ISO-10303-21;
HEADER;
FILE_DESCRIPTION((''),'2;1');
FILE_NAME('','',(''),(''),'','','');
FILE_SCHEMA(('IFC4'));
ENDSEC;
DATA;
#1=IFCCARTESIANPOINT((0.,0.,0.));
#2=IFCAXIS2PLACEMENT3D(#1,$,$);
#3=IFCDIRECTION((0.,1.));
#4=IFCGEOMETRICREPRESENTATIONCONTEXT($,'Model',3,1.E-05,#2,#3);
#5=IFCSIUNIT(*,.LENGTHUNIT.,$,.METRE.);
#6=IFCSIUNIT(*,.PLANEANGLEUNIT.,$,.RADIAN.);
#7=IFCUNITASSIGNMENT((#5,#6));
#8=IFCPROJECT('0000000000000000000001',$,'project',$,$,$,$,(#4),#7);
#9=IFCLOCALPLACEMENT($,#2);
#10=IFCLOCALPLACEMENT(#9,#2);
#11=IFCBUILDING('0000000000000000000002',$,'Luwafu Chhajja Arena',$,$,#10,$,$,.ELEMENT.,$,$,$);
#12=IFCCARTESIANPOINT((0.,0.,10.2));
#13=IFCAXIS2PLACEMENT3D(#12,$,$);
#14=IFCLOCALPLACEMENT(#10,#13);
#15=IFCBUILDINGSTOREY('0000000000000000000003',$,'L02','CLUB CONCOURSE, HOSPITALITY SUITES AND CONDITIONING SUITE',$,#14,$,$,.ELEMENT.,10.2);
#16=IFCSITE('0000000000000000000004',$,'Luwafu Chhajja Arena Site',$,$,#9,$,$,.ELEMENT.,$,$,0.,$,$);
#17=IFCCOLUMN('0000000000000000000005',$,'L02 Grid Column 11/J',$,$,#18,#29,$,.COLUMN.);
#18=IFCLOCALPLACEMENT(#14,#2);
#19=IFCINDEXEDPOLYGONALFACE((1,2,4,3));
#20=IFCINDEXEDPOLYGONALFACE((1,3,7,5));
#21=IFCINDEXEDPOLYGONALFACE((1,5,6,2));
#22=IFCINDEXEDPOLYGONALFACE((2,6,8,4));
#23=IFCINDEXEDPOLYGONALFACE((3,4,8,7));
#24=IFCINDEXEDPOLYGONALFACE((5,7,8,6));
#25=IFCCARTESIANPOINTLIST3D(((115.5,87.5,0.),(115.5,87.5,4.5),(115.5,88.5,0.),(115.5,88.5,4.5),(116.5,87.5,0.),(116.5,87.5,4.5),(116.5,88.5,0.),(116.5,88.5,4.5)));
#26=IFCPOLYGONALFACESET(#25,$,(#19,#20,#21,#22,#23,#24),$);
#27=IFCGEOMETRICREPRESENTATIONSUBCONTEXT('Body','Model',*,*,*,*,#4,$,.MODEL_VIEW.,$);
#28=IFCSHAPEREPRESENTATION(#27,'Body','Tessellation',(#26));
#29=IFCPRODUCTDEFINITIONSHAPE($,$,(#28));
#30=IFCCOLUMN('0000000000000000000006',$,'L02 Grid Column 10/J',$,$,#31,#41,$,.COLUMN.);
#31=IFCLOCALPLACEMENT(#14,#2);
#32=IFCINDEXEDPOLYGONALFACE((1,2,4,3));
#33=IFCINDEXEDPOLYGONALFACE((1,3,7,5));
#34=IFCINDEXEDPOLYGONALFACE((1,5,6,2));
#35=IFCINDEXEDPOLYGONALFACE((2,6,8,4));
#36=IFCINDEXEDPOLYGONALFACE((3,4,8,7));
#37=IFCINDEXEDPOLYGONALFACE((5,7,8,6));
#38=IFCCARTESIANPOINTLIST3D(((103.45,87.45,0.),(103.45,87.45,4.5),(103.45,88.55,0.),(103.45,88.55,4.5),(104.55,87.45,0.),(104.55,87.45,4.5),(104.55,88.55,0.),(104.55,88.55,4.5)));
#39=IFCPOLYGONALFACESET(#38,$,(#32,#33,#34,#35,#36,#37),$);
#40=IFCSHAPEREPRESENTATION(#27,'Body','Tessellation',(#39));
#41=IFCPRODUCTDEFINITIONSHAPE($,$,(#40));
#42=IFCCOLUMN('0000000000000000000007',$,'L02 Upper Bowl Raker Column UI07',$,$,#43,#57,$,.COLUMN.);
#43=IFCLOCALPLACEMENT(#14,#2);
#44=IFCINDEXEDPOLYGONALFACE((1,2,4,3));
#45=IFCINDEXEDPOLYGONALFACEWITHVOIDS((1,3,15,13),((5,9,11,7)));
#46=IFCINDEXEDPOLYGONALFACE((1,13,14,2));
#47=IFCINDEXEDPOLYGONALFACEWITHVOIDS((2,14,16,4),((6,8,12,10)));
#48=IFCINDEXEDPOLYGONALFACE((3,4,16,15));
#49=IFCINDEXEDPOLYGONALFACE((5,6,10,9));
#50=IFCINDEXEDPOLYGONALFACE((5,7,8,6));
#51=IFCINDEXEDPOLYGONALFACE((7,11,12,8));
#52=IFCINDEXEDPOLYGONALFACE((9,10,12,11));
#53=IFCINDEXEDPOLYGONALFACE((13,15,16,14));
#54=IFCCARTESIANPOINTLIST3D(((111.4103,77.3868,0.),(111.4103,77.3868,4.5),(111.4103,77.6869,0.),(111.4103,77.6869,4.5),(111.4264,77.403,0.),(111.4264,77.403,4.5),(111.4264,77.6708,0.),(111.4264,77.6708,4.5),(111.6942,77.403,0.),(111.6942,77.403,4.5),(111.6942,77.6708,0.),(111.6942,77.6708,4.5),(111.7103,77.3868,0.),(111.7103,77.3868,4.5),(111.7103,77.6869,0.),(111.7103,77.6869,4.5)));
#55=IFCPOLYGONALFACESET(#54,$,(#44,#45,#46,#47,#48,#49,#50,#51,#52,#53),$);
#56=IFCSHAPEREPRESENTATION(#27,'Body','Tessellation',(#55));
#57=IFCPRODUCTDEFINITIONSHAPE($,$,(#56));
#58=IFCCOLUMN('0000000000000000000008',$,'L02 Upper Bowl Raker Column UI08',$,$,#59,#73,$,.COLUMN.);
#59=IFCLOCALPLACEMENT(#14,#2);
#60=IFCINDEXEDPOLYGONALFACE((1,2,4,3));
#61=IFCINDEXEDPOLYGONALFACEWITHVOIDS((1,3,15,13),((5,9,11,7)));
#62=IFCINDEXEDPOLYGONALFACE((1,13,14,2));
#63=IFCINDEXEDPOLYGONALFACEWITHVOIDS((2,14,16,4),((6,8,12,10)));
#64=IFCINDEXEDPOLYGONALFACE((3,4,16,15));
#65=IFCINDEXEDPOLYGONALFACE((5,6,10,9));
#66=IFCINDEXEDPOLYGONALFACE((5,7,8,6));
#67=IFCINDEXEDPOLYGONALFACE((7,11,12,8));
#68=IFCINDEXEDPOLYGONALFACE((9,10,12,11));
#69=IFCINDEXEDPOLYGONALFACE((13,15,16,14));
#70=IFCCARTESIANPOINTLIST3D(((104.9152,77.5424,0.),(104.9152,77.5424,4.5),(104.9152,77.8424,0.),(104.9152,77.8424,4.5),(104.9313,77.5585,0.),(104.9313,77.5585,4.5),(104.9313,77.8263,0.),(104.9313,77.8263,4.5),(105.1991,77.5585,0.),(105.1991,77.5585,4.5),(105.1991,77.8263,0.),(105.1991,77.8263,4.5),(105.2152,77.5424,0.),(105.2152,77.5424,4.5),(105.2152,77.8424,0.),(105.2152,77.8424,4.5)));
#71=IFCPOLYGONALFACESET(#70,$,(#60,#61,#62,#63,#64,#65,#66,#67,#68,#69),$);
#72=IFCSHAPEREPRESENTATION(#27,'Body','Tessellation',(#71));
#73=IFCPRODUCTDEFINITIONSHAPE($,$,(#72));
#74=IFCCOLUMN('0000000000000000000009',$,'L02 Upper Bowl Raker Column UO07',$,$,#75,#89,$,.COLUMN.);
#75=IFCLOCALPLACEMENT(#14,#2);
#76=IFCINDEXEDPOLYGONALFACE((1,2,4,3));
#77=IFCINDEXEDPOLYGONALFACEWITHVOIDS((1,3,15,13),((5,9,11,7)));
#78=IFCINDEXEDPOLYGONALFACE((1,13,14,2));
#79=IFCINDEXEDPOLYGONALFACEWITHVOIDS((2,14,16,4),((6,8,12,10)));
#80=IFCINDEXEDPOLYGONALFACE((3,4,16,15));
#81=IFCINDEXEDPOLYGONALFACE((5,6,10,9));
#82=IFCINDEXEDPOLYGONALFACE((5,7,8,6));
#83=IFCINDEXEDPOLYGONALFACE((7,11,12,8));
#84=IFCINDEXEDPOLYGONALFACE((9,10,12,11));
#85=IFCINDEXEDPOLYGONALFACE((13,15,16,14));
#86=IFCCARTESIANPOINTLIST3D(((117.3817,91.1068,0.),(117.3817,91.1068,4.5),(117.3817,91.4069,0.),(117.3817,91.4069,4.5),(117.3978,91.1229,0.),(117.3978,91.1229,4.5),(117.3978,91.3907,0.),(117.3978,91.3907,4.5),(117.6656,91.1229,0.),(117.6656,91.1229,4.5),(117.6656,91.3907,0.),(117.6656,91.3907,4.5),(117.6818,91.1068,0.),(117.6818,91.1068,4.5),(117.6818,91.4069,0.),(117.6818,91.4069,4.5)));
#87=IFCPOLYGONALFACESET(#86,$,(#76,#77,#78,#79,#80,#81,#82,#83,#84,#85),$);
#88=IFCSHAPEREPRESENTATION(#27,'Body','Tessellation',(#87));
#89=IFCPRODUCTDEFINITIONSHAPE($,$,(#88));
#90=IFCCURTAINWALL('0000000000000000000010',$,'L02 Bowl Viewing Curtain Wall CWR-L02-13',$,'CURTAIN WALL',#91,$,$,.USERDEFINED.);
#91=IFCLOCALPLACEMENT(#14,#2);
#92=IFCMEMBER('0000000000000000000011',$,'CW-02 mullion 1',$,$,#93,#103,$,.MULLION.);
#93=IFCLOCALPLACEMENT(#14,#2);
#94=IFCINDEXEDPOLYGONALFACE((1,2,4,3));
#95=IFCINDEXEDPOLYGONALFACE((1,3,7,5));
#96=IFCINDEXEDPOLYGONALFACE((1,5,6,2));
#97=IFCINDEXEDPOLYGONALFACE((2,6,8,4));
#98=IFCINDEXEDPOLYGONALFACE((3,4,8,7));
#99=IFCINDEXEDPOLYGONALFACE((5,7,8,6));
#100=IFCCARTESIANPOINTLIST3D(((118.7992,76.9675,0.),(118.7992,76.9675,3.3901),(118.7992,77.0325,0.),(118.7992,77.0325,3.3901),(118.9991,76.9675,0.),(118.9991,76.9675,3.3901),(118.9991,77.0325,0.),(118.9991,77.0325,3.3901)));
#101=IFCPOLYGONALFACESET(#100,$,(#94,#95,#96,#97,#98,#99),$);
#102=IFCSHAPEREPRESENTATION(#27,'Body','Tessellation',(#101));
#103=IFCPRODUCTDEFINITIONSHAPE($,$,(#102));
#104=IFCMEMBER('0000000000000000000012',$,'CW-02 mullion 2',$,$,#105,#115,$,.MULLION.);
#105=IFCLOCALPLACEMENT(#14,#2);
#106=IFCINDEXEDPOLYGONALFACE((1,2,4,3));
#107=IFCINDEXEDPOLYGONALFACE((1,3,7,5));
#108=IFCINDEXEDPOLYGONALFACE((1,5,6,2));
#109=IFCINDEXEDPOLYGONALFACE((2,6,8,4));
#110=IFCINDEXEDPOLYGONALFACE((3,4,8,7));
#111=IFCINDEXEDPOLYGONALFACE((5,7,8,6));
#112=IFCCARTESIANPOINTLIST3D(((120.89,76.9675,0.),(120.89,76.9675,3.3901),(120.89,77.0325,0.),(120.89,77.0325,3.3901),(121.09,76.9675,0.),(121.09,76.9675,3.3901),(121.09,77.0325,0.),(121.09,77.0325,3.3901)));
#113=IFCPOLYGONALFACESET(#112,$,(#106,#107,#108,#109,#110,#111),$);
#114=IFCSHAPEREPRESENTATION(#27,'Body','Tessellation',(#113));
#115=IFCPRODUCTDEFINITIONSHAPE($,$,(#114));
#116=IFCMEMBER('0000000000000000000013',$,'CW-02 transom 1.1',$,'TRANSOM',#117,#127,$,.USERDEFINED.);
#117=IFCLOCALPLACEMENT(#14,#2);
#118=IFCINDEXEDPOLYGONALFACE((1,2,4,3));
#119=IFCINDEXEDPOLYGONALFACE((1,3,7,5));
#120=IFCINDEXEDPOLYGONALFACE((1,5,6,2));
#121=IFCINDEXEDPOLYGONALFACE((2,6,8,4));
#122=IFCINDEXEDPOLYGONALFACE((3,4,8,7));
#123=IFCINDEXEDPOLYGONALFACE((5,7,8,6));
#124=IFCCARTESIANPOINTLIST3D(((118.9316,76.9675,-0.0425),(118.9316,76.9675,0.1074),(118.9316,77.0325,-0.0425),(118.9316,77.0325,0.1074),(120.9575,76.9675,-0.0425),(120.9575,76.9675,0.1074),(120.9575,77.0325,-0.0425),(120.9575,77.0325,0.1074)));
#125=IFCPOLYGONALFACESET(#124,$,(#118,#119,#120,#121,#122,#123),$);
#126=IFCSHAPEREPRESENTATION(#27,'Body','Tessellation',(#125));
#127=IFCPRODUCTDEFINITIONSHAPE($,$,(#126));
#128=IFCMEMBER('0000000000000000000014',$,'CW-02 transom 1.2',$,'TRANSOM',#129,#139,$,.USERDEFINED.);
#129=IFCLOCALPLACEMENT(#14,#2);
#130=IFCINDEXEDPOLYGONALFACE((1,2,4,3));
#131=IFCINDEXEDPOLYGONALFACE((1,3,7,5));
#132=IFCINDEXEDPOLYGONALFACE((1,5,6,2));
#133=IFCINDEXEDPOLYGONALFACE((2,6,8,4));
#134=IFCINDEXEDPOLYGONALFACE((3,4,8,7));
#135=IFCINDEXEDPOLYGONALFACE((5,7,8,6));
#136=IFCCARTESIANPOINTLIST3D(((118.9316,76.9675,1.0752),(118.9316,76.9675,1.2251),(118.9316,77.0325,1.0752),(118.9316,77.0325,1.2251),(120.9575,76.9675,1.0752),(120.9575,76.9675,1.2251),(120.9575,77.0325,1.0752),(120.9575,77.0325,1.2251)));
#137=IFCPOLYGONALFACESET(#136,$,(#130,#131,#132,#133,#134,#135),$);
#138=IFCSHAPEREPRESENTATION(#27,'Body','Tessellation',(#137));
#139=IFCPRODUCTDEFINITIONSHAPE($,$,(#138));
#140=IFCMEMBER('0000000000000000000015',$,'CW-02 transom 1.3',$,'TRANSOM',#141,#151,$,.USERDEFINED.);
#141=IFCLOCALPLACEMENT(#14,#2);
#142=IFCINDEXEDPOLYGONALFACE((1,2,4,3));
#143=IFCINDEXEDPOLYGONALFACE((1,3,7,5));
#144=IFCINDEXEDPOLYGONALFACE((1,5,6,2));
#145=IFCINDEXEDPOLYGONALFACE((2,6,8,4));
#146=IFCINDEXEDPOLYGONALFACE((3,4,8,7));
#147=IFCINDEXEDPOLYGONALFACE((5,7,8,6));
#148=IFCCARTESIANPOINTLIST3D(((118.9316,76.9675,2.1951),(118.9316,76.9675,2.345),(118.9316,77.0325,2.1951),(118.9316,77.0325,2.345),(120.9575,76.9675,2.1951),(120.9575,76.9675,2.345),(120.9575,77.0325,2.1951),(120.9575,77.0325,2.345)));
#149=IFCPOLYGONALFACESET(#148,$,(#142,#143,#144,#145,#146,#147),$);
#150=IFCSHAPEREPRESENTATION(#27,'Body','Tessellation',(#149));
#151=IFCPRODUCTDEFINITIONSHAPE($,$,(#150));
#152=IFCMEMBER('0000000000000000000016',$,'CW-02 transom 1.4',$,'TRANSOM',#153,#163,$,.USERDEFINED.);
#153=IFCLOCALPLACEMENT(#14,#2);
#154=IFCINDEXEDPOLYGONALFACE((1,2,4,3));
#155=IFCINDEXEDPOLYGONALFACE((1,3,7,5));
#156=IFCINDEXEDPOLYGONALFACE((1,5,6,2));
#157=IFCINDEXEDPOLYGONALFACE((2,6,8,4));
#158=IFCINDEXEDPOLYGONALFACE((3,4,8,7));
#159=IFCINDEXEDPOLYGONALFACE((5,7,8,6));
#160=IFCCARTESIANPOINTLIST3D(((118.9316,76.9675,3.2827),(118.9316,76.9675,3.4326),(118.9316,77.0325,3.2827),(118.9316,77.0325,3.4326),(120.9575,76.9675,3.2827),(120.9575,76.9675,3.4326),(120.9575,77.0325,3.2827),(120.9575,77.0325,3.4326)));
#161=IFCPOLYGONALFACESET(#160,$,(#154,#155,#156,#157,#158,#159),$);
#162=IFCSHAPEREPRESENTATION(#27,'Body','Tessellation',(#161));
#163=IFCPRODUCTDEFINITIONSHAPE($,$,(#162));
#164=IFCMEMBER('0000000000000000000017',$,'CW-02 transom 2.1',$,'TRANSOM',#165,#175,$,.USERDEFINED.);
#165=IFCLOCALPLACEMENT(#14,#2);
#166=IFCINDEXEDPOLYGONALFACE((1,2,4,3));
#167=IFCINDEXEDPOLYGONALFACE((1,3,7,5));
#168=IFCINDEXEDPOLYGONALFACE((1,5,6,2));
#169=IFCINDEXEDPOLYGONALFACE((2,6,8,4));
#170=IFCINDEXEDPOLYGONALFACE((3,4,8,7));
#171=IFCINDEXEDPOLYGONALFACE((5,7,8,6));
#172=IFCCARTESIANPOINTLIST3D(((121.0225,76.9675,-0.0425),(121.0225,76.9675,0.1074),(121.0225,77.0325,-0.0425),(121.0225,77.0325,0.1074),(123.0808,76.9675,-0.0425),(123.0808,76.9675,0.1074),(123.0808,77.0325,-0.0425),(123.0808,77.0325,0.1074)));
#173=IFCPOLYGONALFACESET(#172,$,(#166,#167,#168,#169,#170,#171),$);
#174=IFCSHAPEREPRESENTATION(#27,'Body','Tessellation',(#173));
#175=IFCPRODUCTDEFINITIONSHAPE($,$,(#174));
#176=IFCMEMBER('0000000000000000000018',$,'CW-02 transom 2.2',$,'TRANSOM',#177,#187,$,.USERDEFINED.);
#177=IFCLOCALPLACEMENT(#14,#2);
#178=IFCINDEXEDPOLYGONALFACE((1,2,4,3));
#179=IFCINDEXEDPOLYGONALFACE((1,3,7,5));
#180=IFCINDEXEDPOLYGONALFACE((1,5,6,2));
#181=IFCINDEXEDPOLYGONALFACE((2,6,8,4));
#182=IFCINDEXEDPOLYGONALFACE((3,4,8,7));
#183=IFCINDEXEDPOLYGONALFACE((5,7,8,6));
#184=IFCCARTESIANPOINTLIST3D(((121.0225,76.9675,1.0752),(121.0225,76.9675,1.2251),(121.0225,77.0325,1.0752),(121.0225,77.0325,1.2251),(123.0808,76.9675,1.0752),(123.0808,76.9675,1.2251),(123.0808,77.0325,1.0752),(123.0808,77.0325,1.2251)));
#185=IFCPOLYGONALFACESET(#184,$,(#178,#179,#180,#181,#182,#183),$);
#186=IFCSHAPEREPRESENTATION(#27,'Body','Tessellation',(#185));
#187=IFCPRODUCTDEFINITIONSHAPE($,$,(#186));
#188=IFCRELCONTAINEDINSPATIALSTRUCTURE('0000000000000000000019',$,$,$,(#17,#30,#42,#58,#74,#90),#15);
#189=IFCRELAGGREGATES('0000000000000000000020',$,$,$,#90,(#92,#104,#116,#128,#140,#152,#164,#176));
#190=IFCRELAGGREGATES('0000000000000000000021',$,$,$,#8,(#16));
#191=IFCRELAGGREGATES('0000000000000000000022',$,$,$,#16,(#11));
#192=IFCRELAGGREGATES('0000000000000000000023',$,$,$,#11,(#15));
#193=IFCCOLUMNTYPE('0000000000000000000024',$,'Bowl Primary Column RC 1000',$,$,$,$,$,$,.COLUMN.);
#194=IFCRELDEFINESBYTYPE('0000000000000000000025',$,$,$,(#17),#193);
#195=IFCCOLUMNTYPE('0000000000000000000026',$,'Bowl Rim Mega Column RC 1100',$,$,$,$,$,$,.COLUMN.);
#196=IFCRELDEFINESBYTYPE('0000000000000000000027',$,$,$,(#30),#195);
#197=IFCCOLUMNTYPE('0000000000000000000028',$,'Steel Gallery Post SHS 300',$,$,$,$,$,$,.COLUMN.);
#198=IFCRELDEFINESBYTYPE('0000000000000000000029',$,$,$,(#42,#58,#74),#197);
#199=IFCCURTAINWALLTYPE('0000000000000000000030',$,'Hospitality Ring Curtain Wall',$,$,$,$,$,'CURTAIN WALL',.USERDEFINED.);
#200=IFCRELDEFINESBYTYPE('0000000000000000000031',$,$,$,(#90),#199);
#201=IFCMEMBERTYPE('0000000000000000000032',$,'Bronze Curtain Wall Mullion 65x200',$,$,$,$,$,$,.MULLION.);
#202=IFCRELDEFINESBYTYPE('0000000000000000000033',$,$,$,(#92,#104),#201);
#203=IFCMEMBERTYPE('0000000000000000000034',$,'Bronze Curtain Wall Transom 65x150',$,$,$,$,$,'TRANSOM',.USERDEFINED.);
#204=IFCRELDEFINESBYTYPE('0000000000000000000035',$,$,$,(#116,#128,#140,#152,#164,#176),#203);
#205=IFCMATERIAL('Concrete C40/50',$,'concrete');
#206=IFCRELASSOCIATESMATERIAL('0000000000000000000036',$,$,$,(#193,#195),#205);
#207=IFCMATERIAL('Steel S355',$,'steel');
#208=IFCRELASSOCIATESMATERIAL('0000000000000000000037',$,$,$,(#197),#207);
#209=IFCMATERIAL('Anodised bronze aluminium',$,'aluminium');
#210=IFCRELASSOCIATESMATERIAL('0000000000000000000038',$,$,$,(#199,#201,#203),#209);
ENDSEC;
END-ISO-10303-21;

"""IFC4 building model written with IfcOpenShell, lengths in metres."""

from ifc_helpers import new_model, si_unit, direction, frame, origin, origin_2d, place, context, subcontext, project, spatial, rectangle, hollow_rectangle, extrude, material, material_profile, profile_set, type_object, element, aggregate, save


model = new_model("IFC4")

# Units and contexts
model_context = context("Model", 3, precision=1e-05, world=origin(), true_north=direction((0.0, 1.0)))
body_context = subcontext(model_context, "Body", "Model", "MODEL_VIEW")
ifc_project = project(units=[si_unit("LENGTHUNIT", "METRE"), si_unit("PLANEANGLEUNIT", "RADIAN")], contexts=[model_context])

# Site, building, storey
site_placement = place(None, origin())
site = spatial("IfcSite", under=ifc_project, at=site_placement, Name="Luwafu Chhajja Arena Site", CompositionType="ELEMENT", RefElevation=0.0)
building_placement = place(site_placement, origin())
building = spatial("IfcBuilding", under=site, at=building_placement, Name="Luwafu Chhajja Arena", CompositionType="ELEMENT")
storey_placement = place(building_placement, frame((0.0, 0.0, 10.2)))
storey = spatial("IfcBuildingStorey", under=building, at=storey_placement, Name="L02", Description="CLUB CONCOURSE, HOSPITALITY SUITES AND CONDITIONING SUITE", CompositionType="ELEMENT", Elevation=10.2)

# Columns
ifc_material_1 = material(Name="Concrete C40/50", Category="concrete")
ifc_material_profile_1 = material_profile(ifc_material_1, rectangle(XDim=1.0, YDim=1.0, at=origin_2d()), Name="RC 1000x1000")
ifc_profile_set_1 = profile_set([ifc_material_profile_1], Name="Concrete C40/50")
column_type_1 = type_object("IfcColumnType", Name="Bowl Primary Column RC 1000", PredefinedType="COLUMN", material=ifc_profile_set_1)
column_1_placement = place(storey_placement, frame((116.0, 88.0, 0.0), z_axis=(0.0, 0.0, 1.0), x_axis=(1.0, 0.0, 0.0)))
element("IfcColumn", 1, at=column_1_placement, inside=storey, type_object=column_type_1, Name="L02 Grid Column 11/J", PredefinedType="COLUMN", context=body_context, shape_type="SweptSolid", body=[
    extrude(rectangle(XDim=1.0, YDim=1.0, at=origin_2d()), origin(), (0.0, 0.0, 1.0), 4.5),
])
ifc_material_profile_2 = material_profile(ifc_material_1, rectangle(XDim=1.1001, YDim=1.1001, at=origin_2d()), Name="RC 1100x1100")
ifc_profile_set_2 = profile_set([ifc_material_profile_2], Name="Concrete C40/50")
column_type_2 = type_object("IfcColumnType", Name="Bowl Rim Mega Column RC 1100", PredefinedType="COLUMN", material=ifc_profile_set_2)
column_2_placement = place(storey_placement, frame((104.0, 88.0, 0.0), z_axis=(0.0, 0.0, 1.0), x_axis=(1.0, 0.0, 0.0)))
element("IfcColumn", 2, at=column_2_placement, inside=storey, type_object=column_type_2, Name="L02 Grid Column 10/J", PredefinedType="COLUMN", context=body_context, shape_type="SweptSolid", body=[
    extrude(rectangle(XDim=1.1001, YDim=1.1001, at=origin_2d()), origin(), (0.0, 0.0, 1.0), 4.5),
])
ifc_material_2 = material(Name="Steel S355", Category="steel")
ifc_material_profile_3 = material_profile(ifc_material_2, hollow_rectangle(XDim=0.3, YDim=0.3, WallThickness=0.0161, at=origin_2d()), Name="SHS 300x300x16")
ifc_profile_set_3 = profile_set([ifc_material_profile_3], Name="Steel S355")
column_type_3 = type_object("IfcColumnType", Name="Steel Gallery Post SHS 300", PredefinedType="COLUMN", material=ifc_profile_set_3)
for number, where, z_axis, x_axis, name in (
    (3, (111.5603, 77.5369, 0.0), (0.0, 0.0, 1.0), (1.0, 0.0, 0.0), "L02 Upper Bowl Raker Column UI07"),
    (4, (105.0652, 77.6924, 0.0), (0.0, 0.0, 1.0), (1.0, 0.0, 0.0), "L02 Upper Bowl Raker Column UI08"),
    (5, (117.5317, 91.2568, 0.0), (0.0, 0.0, 1.0), (1.0, 0.0, 0.0), "L02 Upper Bowl Raker Column UO07"),
):
    element("IfcColumn", number, at=place(storey_placement, frame(where, z_axis=z_axis, x_axis=x_axis)), inside=storey, type_object=column_type_3, Name=name, PredefinedType="COLUMN", context=body_context, shape_type="SweptSolid", body=[
        extrude(hollow_rectangle(XDim=0.3, YDim=0.3, WallThickness=0.0161, at=origin_2d()), origin(), (0.0, 0.0, 1.0), 4.5),
    ])

# Curtain wall, members
ifc_material_3 = material(Name="Anodised bronze aluminium", Category="aluminium")
curtain_wall_type = type_object("IfcCurtainWallType", Name="Hospitality Ring Curtain Wall", ElementType="CURTAIN WALL", PredefinedType="USERDEFINED", material=ifc_material_3)
curtain_wall_placement = place(storey_placement, origin())
curtain_wall = element("IfcCurtainWall", 6, at=curtain_wall_placement, inside=storey, type_object=curtain_wall_type, Name="L02 Bowl Viewing Curtain Wall CWR-L02-13", ObjectType="CURTAIN WALL", PredefinedType="USERDEFINED")
ifc_material_profile_4 = material_profile(ifc_material_3, rectangle(XDim=0.0649, YDim=0.2, at=origin_2d()), Name="CWM 65x200")
ifc_profile_set_4 = profile_set([ifc_material_profile_4], Name="Anodised bronze aluminium")
member_type_1 = type_object("IfcMemberType", Name="Bronze Curtain Wall Mullion 65x200", PredefinedType="MULLION", material=ifc_profile_set_4)
member_1_placement = place(storey_placement, frame((118.8992, 77.0, 0.0), z_axis=(0.0, 0.0, 1.0), x_axis=(0.0, 1.0, 0.0)))
member_1 = element("IfcMember", 7, at=member_1_placement, type_object=member_type_1, Name="CW-02 mullion 1", PredefinedType="MULLION", context=body_context, shape_type="SweptSolid", body=[
    extrude(rectangle(XDim=0.0649, YDim=0.2, at=origin_2d()), origin(), (0.0, 0.0, 1.0), 3.3901),
])
member_2_placement = place(storey_placement, frame((120.99, 77.0, 0.0), z_axis=(0.0, 0.0, 1.0), x_axis=(0.0, 1.0, 0.0)))
member_2 = element("IfcMember", 8, at=member_2_placement, type_object=member_type_1, Name="CW-02 mullion 2", PredefinedType="MULLION", context=body_context, shape_type="SweptSolid", body=[
    extrude(rectangle(XDim=0.0649, YDim=0.2, at=origin_2d()), origin(), (0.0, 0.0, 1.0), 3.3901),
])
ifc_material_profile_5 = material_profile(ifc_material_3, rectangle(XDim=0.0649, YDim=0.1499, at=origin_2d()), Name="CWT 65x150")
ifc_profile_set_5 = profile_set([ifc_material_profile_5], Name="Anodised bronze aluminium")
member_type_2 = type_object("IfcMemberType", Name="Bronze Curtain Wall Transom 65x150", ElementType="TRANSOM", PredefinedType="USERDEFINED", material=ifc_profile_set_5)
member_3_placement = place(storey_placement, frame((118.9316, 77.0, 0.0325), z_axis=(1.0, 0.0, 0.0), x_axis=(0.0, 1.0, 0.0)))
member_3 = element("IfcMember", 9, at=member_3_placement, type_object=member_type_2, Name="CW-02 transom 1.1", ObjectType="TRANSOM", PredefinedType="USERDEFINED", context=body_context, shape_type="SweptSolid", body=[
    extrude(rectangle(XDim=0.0649, YDim=0.1499, at=origin_2d()), origin(), (0.0, 0.0, 1.0), 2.0259),
])
member_4_placement = place(storey_placement, frame((118.9316, 77.0, 1.1501), z_axis=(1.0, 0.0, 0.0), x_axis=(0.0, 1.0, 0.0)))
member_4 = element("IfcMember", 10, at=member_4_placement, type_object=member_type_2, Name="CW-02 transom 1.2", ObjectType="TRANSOM", PredefinedType="USERDEFINED", context=body_context, shape_type="SweptSolid", body=[
    extrude(rectangle(XDim=0.0649, YDim=0.1499, at=origin_2d()), origin(), (0.0, 0.0, 1.0), 2.0259),
])
member_5_placement = place(storey_placement, frame((118.9316, 77.0, 2.27), z_axis=(1.0, 0.0, 0.0), x_axis=(0.0, 1.0, 0.0)))
member_5 = element("IfcMember", 11, at=member_5_placement, type_object=member_type_2, Name="CW-02 transom 1.3", ObjectType="TRANSOM", PredefinedType="USERDEFINED", context=body_context, shape_type="SweptSolid", body=[
    extrude(rectangle(XDim=0.0649, YDim=0.1499, at=origin_2d()), origin(), (0.0, 0.0, 1.0), 2.0259),
])
member_6_placement = place(storey_placement, frame((118.9316, 77.0, 3.3577), z_axis=(1.0, 0.0, 0.0), x_axis=(0.0, 1.0, 0.0)))
member_6 = element("IfcMember", 12, at=member_6_placement, type_object=member_type_2, Name="CW-02 transom 1.4", ObjectType="TRANSOM", PredefinedType="USERDEFINED", context=body_context, shape_type="SweptSolid", body=[
    extrude(rectangle(XDim=0.0649, YDim=0.1499, at=origin_2d()), origin(), (0.0, 0.0, 1.0), 2.0259),
])
member_7_placement = place(storey_placement, frame((121.0225, 77.0, 0.0325), z_axis=(1.0, 0.0, 0.0), x_axis=(0.0, 1.0, 0.0)))
member_7 = element("IfcMember", 13, at=member_7_placement, type_object=member_type_2, Name="CW-02 transom 2.1", ObjectType="TRANSOM", PredefinedType="USERDEFINED", context=body_context, shape_type="SweptSolid", body=[
    extrude(rectangle(XDim=0.0649, YDim=0.1499, at=origin_2d()), origin(), (0.0, 0.0, 1.0), 2.0583),
])
member_8_placement = place(storey_placement, frame((121.0225, 77.0, 1.1501), z_axis=(1.0, 0.0, 0.0), x_axis=(0.0, 1.0, 0.0)))
member_8 = element("IfcMember", 14, at=member_8_placement, type_object=member_type_2, Name="CW-02 transom 2.2", ObjectType="TRANSOM", PredefinedType="USERDEFINED", context=body_context, shape_type="SweptSolid", body=[
    extrude(rectangle(XDim=0.0649, YDim=0.1499, at=origin_2d()), origin(), (0.0, 0.0, 1.0), 2.0583),
])

aggregate(curtain_wall, [member_1, member_2, member_3, member_4, member_5, member_6, member_7, member_8])

save(model, "model.ifc")
